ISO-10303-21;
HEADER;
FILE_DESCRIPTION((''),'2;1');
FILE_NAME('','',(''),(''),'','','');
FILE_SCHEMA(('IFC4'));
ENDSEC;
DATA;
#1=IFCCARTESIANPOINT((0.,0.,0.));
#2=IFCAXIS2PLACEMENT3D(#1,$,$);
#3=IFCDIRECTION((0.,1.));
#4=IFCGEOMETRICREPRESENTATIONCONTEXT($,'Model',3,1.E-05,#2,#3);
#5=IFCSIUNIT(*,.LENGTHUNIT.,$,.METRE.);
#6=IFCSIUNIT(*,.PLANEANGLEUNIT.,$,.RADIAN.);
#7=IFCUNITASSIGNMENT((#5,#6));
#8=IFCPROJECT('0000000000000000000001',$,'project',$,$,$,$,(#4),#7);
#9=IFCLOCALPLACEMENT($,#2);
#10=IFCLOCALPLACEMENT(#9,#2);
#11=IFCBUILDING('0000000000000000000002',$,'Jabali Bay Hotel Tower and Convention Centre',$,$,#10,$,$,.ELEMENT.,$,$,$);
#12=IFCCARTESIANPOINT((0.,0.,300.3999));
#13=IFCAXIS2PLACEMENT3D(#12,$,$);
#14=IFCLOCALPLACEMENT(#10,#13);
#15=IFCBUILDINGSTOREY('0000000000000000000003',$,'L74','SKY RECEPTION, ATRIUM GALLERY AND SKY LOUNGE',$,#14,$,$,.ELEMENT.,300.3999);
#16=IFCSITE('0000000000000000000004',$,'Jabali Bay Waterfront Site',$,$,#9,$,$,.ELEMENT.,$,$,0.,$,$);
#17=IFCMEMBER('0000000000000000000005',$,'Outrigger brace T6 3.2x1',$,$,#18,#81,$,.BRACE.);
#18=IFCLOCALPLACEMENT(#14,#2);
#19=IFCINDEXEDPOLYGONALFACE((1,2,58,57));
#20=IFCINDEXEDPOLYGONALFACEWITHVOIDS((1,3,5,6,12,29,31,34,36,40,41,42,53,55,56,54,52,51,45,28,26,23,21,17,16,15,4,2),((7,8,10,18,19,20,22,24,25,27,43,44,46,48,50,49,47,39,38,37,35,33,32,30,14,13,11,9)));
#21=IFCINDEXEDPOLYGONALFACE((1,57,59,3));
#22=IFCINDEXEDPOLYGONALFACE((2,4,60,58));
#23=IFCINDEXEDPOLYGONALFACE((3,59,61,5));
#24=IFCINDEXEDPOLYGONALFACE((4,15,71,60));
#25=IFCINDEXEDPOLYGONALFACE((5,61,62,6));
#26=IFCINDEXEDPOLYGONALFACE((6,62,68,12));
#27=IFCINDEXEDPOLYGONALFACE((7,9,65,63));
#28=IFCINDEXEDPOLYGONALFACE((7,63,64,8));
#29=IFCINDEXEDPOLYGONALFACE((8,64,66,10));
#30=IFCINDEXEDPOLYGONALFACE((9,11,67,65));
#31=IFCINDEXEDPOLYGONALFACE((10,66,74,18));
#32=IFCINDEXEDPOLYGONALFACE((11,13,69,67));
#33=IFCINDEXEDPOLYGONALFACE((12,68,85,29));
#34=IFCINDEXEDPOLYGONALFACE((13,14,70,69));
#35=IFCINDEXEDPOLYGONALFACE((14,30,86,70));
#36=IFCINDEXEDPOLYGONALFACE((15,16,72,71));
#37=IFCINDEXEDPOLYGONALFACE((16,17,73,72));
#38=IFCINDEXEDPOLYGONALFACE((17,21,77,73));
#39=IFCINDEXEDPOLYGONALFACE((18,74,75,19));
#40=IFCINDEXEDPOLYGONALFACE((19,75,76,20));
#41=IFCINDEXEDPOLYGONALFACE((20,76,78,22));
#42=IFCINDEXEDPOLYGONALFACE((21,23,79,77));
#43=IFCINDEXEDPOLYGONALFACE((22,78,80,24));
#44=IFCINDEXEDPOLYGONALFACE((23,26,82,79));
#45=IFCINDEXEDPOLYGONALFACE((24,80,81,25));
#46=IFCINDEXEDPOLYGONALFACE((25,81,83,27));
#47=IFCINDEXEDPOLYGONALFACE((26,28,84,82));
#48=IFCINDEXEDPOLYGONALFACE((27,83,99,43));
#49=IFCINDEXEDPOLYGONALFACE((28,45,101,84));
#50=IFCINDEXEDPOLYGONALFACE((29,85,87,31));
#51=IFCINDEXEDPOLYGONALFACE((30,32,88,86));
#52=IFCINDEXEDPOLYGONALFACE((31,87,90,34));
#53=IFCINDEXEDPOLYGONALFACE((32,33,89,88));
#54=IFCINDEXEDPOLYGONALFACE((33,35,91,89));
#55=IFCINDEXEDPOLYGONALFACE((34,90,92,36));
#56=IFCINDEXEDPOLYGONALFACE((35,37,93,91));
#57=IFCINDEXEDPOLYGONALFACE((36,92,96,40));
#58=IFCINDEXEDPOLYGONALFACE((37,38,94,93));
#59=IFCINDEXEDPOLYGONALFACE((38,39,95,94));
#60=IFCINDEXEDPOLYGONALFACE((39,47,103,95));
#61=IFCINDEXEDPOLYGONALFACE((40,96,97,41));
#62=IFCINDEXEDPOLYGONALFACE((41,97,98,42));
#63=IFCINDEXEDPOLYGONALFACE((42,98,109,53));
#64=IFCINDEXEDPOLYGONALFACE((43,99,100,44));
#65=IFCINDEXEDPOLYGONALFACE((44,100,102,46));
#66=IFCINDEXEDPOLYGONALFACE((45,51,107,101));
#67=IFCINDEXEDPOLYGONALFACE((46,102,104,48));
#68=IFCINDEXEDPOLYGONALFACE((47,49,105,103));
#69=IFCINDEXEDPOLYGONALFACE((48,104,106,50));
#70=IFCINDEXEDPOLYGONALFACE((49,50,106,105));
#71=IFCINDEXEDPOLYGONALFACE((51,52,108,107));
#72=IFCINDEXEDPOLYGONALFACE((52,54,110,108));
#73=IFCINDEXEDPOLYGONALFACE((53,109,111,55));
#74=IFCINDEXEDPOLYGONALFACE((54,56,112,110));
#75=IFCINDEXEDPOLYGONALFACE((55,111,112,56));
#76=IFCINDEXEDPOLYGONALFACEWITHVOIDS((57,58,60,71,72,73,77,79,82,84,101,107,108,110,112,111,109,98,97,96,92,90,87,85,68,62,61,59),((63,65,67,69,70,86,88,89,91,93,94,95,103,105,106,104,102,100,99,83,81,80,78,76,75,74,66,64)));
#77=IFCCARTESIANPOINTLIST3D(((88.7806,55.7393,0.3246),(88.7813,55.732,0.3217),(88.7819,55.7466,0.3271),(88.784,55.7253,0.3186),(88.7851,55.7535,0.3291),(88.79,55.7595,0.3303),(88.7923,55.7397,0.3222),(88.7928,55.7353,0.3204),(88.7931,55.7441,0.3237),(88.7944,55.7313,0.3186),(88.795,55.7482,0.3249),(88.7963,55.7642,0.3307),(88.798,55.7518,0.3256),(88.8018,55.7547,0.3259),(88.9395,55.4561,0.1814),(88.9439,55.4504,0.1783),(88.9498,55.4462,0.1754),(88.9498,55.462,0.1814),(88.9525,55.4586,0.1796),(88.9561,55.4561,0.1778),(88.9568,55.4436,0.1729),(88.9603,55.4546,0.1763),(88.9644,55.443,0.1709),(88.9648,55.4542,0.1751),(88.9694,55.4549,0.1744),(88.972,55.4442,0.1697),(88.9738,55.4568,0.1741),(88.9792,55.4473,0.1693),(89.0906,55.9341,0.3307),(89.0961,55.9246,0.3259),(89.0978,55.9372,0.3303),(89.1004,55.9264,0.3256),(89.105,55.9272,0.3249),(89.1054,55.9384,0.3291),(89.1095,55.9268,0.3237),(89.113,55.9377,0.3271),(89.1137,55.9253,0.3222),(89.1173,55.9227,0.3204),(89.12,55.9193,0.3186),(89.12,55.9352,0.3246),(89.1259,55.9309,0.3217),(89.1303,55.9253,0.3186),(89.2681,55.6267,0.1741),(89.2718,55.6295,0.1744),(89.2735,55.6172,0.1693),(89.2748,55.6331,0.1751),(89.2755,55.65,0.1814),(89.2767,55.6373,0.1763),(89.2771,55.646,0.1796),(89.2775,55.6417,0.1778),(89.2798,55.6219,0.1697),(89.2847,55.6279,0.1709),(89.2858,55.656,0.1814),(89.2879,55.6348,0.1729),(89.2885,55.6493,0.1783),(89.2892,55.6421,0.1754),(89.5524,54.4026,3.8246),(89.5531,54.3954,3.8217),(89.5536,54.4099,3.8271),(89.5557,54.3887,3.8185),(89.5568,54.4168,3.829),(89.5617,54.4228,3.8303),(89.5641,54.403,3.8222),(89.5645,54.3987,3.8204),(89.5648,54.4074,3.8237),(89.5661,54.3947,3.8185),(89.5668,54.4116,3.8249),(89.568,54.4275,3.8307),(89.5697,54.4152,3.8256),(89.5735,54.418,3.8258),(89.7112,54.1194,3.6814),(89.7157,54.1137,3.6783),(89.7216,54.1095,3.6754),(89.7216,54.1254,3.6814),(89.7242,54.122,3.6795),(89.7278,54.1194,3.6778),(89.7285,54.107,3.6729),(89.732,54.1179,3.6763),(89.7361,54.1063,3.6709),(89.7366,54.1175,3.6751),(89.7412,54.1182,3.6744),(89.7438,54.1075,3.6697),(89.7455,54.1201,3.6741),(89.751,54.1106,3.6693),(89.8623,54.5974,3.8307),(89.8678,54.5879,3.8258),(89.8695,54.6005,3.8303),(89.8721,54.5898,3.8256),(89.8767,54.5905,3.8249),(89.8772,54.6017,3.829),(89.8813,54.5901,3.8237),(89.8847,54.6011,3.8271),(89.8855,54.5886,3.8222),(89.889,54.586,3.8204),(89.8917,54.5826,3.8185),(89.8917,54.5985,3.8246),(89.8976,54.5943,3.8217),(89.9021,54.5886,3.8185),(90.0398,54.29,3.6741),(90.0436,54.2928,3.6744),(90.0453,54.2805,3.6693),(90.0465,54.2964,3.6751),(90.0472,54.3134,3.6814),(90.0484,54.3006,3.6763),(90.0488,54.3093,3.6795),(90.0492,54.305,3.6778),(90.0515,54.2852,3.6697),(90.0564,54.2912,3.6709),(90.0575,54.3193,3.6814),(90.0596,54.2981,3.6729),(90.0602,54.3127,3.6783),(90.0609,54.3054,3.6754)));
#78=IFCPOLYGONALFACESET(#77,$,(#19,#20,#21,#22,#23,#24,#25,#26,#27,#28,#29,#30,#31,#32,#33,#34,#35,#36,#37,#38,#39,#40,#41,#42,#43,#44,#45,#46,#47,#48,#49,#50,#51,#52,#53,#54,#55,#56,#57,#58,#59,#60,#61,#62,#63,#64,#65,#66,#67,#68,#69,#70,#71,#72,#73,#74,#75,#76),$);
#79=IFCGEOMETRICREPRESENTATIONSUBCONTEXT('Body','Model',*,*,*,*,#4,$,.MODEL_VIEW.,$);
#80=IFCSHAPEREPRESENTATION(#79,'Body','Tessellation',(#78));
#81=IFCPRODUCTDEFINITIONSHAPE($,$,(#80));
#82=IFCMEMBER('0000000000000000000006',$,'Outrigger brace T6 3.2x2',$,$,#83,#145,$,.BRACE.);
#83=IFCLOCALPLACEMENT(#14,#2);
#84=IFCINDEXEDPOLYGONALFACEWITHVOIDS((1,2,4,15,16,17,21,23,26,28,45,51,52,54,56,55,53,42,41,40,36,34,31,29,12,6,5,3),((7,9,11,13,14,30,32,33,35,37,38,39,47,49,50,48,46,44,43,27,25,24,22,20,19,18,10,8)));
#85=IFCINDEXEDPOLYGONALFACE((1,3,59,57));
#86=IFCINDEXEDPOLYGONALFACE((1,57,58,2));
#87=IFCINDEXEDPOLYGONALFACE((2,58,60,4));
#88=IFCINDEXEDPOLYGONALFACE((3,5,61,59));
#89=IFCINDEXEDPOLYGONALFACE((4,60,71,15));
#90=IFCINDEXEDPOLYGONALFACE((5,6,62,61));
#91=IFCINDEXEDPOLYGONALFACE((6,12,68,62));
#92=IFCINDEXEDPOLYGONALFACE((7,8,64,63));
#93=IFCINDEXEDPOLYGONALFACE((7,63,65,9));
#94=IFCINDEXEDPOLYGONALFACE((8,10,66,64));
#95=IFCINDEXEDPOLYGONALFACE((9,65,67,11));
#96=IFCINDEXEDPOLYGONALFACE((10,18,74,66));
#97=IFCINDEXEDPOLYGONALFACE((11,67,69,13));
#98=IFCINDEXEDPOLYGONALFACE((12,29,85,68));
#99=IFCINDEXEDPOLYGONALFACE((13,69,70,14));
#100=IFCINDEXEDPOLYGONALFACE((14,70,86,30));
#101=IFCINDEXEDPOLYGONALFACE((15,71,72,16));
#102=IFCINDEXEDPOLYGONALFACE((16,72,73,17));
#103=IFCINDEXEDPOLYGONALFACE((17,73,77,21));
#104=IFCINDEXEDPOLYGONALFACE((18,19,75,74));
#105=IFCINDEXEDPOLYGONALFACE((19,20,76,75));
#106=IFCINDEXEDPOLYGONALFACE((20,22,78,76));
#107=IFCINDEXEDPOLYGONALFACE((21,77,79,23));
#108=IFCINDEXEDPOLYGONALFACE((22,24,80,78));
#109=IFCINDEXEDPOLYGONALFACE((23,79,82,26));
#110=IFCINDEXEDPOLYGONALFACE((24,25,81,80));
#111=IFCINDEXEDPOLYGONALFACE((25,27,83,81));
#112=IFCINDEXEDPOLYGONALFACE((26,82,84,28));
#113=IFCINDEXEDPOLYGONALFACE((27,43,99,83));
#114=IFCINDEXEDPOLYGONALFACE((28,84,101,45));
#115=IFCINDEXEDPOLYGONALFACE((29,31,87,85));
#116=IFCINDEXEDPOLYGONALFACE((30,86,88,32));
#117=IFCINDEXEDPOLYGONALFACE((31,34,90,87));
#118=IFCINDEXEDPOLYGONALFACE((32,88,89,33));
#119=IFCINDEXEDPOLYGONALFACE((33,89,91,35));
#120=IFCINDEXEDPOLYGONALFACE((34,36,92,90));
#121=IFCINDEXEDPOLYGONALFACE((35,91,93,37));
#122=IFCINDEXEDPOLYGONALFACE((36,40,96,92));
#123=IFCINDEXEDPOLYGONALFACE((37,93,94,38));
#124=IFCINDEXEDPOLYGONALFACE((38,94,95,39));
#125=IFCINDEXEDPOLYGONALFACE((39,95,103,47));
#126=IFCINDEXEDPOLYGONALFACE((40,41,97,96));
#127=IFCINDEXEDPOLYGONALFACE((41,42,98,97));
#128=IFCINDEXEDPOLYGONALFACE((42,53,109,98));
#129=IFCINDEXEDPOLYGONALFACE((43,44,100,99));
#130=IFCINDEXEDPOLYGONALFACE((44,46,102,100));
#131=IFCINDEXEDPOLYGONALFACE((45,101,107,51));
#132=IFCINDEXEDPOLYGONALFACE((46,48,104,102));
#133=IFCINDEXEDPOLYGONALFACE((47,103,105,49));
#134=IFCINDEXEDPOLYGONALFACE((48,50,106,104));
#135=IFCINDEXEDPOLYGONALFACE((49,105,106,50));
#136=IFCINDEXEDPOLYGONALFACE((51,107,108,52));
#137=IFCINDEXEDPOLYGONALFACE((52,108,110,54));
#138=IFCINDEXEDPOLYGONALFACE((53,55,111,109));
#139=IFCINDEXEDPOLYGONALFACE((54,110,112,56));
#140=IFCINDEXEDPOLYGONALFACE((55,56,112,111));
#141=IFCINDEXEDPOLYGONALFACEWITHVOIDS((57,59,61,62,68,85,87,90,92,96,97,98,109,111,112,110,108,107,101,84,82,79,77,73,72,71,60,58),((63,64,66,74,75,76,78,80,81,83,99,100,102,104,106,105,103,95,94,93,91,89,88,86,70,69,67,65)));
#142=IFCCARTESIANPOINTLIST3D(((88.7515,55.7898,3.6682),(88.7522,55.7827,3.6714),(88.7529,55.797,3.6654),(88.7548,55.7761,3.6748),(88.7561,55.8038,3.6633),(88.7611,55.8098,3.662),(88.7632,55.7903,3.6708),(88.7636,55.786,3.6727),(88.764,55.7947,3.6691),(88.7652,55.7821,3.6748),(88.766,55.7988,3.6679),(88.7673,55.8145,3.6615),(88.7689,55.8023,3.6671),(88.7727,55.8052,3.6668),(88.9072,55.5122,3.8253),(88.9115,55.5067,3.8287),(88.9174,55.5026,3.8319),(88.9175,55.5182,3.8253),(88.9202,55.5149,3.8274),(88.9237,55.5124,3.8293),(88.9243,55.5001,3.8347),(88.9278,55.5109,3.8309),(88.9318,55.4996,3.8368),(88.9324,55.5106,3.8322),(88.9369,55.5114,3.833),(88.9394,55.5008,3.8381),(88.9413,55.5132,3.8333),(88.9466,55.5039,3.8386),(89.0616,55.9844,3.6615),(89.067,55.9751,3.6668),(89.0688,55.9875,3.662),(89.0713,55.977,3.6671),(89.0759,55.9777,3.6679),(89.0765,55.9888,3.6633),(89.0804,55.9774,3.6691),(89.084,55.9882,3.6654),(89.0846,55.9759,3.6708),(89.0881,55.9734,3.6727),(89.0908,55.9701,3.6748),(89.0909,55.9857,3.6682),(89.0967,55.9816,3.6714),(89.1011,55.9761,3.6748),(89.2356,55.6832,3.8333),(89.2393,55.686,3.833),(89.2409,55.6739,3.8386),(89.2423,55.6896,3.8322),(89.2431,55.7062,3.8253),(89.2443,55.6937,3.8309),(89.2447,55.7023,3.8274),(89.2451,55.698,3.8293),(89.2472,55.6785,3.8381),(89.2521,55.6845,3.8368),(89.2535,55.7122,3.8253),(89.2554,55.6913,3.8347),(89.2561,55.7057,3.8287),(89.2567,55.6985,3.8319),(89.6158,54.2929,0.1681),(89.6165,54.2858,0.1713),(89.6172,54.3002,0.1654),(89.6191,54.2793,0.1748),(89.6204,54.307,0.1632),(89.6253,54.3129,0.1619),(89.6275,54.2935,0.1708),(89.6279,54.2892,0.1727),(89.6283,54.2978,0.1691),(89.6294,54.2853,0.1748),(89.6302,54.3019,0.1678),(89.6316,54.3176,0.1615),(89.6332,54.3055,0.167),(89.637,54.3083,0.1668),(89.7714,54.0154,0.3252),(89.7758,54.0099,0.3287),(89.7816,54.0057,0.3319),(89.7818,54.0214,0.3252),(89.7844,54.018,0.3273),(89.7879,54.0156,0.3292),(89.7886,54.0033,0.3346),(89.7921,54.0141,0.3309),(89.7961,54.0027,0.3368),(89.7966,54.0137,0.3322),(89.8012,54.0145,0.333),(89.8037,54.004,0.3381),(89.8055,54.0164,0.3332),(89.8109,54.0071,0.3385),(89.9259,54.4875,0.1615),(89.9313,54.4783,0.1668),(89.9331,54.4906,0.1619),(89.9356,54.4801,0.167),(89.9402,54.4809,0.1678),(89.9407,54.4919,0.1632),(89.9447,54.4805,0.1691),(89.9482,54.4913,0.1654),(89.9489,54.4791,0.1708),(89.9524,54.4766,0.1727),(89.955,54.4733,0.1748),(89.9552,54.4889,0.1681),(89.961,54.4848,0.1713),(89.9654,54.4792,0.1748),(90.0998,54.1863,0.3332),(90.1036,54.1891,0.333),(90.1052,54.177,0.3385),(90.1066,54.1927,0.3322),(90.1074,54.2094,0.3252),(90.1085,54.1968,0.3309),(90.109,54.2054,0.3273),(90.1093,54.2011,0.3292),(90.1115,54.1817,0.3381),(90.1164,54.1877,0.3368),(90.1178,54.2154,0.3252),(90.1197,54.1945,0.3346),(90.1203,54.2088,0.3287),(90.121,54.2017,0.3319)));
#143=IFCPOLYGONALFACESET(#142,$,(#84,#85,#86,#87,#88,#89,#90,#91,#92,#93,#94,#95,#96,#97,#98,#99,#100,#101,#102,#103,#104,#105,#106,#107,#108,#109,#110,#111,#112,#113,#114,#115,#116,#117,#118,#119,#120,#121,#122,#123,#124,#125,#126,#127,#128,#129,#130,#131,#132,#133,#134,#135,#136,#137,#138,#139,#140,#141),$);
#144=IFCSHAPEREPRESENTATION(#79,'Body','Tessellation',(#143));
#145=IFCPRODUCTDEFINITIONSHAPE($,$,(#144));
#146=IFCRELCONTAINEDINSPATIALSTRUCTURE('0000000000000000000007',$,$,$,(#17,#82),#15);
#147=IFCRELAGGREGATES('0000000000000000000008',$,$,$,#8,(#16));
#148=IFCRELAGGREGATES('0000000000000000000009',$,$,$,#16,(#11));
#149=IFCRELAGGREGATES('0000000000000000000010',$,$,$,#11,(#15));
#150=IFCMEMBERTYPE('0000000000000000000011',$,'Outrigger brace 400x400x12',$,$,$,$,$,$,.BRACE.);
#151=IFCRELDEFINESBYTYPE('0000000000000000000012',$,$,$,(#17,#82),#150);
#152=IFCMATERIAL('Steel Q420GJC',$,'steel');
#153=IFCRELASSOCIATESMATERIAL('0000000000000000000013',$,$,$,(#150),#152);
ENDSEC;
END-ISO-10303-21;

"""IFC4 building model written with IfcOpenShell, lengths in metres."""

from ifc_helpers import new_model, si_unit, direction, frame, origin, origin_2d, place, context, subcontext, project, spatial, hollow_rectangle, extrude, material, material_profile, profile_set, type_object, element, save


model = new_model("IFC4")

# Units and contexts
model_context = context("Model", 3, precision=1e-05, world=origin(), true_north=direction((0.0, 1.0)))
body_context = subcontext(model_context, "Body", "Model", "MODEL_VIEW")
ifc_project = project(units=[si_unit("LENGTHUNIT", "METRE"), si_unit("PLANEANGLEUNIT", "RADIAN")], contexts=[model_context])

# Site, building, storey
site_placement = place(None, origin())
site = spatial("IfcSite", under=ifc_project, at=site_placement, Name="Jabali Bay Waterfront Site", CompositionType="ELEMENT", RefElevation=0.0)
building_placement = place(site_placement, origin())
building = spatial("IfcBuilding", under=site, at=building_placement, Name="Jabali Bay Hotel Tower and Convention Centre", CompositionType="ELEMENT")
storey_placement = place(building_placement, frame((0.0, 0.0, 300.3999)))
storey = spatial("IfcBuildingStorey", under=building, at=storey_placement, Name="L74", Description="SKY RECEPTION, ATRIUM GALLERY AND SKY LOUNGE", CompositionType="ELEMENT", Elevation=300.3999)

# Shared definitions
ifc_material_1 = material(Name="Steel Q420GJC", Category="steel")

# Members
ifc_material_profile_1 = material_profile(ifc_material_1, hollow_rectangle(XDim=0.3999, YDim=0.3999, WallThickness=0.012, InnerFilletRadius=0.0181, OuterFilletRadius=0.03, at=origin_2d()), Name="Outrigger brace 400x400x12")
ifc_profile_set_1 = profile_set([ifc_material_profile_1], Name="Steel Q420GJC")
member_type_1 = type_object("IfcMemberType", Name="Outrigger brace 400x400x12", PredefinedType="BRACE", material=ifc_profile_set_1)
member_1_placement = place(storey_placement, frame((89.0349, 55.6907, 0.25), z_axis=(0.201748, -0.349437, 0.914982), x_axis=(0.866025, 0.500001, 0.0)))
element("IfcMember", 1, at=member_1_placement, inside=storey, type_object=member_type_1, Name="Outrigger brace T6 3.2x1", PredefinedType="BRACE", context=body_context, shape_type="SweptSolid", body=[
    extrude(hollow_rectangle(XDim=0.3999, YDim=0.3999, WallThickness=0.012, InnerFilletRadius=0.0181, OuterFilletRadius=0.03, at=origin_2d()), origin(), (0.0, 0.0, 1.0), 3.8252),
])
member_2_placement = place(storey_placement, frame((89.8684, 54.2473, 0.25), z_axis=(-0.221405, 0.383456, 0.896628), x_axis=(-0.866009, -0.500028, 0.0)))
element("IfcMember", 2, at=member_2_placement, inside=storey, type_object=member_type_1, Name="Outrigger brace T6 3.2x2", PredefinedType="BRACE", context=body_context, shape_type="SweptSolid", body=[
    extrude(hollow_rectangle(XDim=0.3999, YDim=0.3999, WallThickness=0.012, InnerFilletRadius=0.0181, OuterFilletRadius=0.03, at=origin_2d()), origin(), (0.0, 0.0, 1.0), 3.9036),
])

save(model, "model.ifc")
